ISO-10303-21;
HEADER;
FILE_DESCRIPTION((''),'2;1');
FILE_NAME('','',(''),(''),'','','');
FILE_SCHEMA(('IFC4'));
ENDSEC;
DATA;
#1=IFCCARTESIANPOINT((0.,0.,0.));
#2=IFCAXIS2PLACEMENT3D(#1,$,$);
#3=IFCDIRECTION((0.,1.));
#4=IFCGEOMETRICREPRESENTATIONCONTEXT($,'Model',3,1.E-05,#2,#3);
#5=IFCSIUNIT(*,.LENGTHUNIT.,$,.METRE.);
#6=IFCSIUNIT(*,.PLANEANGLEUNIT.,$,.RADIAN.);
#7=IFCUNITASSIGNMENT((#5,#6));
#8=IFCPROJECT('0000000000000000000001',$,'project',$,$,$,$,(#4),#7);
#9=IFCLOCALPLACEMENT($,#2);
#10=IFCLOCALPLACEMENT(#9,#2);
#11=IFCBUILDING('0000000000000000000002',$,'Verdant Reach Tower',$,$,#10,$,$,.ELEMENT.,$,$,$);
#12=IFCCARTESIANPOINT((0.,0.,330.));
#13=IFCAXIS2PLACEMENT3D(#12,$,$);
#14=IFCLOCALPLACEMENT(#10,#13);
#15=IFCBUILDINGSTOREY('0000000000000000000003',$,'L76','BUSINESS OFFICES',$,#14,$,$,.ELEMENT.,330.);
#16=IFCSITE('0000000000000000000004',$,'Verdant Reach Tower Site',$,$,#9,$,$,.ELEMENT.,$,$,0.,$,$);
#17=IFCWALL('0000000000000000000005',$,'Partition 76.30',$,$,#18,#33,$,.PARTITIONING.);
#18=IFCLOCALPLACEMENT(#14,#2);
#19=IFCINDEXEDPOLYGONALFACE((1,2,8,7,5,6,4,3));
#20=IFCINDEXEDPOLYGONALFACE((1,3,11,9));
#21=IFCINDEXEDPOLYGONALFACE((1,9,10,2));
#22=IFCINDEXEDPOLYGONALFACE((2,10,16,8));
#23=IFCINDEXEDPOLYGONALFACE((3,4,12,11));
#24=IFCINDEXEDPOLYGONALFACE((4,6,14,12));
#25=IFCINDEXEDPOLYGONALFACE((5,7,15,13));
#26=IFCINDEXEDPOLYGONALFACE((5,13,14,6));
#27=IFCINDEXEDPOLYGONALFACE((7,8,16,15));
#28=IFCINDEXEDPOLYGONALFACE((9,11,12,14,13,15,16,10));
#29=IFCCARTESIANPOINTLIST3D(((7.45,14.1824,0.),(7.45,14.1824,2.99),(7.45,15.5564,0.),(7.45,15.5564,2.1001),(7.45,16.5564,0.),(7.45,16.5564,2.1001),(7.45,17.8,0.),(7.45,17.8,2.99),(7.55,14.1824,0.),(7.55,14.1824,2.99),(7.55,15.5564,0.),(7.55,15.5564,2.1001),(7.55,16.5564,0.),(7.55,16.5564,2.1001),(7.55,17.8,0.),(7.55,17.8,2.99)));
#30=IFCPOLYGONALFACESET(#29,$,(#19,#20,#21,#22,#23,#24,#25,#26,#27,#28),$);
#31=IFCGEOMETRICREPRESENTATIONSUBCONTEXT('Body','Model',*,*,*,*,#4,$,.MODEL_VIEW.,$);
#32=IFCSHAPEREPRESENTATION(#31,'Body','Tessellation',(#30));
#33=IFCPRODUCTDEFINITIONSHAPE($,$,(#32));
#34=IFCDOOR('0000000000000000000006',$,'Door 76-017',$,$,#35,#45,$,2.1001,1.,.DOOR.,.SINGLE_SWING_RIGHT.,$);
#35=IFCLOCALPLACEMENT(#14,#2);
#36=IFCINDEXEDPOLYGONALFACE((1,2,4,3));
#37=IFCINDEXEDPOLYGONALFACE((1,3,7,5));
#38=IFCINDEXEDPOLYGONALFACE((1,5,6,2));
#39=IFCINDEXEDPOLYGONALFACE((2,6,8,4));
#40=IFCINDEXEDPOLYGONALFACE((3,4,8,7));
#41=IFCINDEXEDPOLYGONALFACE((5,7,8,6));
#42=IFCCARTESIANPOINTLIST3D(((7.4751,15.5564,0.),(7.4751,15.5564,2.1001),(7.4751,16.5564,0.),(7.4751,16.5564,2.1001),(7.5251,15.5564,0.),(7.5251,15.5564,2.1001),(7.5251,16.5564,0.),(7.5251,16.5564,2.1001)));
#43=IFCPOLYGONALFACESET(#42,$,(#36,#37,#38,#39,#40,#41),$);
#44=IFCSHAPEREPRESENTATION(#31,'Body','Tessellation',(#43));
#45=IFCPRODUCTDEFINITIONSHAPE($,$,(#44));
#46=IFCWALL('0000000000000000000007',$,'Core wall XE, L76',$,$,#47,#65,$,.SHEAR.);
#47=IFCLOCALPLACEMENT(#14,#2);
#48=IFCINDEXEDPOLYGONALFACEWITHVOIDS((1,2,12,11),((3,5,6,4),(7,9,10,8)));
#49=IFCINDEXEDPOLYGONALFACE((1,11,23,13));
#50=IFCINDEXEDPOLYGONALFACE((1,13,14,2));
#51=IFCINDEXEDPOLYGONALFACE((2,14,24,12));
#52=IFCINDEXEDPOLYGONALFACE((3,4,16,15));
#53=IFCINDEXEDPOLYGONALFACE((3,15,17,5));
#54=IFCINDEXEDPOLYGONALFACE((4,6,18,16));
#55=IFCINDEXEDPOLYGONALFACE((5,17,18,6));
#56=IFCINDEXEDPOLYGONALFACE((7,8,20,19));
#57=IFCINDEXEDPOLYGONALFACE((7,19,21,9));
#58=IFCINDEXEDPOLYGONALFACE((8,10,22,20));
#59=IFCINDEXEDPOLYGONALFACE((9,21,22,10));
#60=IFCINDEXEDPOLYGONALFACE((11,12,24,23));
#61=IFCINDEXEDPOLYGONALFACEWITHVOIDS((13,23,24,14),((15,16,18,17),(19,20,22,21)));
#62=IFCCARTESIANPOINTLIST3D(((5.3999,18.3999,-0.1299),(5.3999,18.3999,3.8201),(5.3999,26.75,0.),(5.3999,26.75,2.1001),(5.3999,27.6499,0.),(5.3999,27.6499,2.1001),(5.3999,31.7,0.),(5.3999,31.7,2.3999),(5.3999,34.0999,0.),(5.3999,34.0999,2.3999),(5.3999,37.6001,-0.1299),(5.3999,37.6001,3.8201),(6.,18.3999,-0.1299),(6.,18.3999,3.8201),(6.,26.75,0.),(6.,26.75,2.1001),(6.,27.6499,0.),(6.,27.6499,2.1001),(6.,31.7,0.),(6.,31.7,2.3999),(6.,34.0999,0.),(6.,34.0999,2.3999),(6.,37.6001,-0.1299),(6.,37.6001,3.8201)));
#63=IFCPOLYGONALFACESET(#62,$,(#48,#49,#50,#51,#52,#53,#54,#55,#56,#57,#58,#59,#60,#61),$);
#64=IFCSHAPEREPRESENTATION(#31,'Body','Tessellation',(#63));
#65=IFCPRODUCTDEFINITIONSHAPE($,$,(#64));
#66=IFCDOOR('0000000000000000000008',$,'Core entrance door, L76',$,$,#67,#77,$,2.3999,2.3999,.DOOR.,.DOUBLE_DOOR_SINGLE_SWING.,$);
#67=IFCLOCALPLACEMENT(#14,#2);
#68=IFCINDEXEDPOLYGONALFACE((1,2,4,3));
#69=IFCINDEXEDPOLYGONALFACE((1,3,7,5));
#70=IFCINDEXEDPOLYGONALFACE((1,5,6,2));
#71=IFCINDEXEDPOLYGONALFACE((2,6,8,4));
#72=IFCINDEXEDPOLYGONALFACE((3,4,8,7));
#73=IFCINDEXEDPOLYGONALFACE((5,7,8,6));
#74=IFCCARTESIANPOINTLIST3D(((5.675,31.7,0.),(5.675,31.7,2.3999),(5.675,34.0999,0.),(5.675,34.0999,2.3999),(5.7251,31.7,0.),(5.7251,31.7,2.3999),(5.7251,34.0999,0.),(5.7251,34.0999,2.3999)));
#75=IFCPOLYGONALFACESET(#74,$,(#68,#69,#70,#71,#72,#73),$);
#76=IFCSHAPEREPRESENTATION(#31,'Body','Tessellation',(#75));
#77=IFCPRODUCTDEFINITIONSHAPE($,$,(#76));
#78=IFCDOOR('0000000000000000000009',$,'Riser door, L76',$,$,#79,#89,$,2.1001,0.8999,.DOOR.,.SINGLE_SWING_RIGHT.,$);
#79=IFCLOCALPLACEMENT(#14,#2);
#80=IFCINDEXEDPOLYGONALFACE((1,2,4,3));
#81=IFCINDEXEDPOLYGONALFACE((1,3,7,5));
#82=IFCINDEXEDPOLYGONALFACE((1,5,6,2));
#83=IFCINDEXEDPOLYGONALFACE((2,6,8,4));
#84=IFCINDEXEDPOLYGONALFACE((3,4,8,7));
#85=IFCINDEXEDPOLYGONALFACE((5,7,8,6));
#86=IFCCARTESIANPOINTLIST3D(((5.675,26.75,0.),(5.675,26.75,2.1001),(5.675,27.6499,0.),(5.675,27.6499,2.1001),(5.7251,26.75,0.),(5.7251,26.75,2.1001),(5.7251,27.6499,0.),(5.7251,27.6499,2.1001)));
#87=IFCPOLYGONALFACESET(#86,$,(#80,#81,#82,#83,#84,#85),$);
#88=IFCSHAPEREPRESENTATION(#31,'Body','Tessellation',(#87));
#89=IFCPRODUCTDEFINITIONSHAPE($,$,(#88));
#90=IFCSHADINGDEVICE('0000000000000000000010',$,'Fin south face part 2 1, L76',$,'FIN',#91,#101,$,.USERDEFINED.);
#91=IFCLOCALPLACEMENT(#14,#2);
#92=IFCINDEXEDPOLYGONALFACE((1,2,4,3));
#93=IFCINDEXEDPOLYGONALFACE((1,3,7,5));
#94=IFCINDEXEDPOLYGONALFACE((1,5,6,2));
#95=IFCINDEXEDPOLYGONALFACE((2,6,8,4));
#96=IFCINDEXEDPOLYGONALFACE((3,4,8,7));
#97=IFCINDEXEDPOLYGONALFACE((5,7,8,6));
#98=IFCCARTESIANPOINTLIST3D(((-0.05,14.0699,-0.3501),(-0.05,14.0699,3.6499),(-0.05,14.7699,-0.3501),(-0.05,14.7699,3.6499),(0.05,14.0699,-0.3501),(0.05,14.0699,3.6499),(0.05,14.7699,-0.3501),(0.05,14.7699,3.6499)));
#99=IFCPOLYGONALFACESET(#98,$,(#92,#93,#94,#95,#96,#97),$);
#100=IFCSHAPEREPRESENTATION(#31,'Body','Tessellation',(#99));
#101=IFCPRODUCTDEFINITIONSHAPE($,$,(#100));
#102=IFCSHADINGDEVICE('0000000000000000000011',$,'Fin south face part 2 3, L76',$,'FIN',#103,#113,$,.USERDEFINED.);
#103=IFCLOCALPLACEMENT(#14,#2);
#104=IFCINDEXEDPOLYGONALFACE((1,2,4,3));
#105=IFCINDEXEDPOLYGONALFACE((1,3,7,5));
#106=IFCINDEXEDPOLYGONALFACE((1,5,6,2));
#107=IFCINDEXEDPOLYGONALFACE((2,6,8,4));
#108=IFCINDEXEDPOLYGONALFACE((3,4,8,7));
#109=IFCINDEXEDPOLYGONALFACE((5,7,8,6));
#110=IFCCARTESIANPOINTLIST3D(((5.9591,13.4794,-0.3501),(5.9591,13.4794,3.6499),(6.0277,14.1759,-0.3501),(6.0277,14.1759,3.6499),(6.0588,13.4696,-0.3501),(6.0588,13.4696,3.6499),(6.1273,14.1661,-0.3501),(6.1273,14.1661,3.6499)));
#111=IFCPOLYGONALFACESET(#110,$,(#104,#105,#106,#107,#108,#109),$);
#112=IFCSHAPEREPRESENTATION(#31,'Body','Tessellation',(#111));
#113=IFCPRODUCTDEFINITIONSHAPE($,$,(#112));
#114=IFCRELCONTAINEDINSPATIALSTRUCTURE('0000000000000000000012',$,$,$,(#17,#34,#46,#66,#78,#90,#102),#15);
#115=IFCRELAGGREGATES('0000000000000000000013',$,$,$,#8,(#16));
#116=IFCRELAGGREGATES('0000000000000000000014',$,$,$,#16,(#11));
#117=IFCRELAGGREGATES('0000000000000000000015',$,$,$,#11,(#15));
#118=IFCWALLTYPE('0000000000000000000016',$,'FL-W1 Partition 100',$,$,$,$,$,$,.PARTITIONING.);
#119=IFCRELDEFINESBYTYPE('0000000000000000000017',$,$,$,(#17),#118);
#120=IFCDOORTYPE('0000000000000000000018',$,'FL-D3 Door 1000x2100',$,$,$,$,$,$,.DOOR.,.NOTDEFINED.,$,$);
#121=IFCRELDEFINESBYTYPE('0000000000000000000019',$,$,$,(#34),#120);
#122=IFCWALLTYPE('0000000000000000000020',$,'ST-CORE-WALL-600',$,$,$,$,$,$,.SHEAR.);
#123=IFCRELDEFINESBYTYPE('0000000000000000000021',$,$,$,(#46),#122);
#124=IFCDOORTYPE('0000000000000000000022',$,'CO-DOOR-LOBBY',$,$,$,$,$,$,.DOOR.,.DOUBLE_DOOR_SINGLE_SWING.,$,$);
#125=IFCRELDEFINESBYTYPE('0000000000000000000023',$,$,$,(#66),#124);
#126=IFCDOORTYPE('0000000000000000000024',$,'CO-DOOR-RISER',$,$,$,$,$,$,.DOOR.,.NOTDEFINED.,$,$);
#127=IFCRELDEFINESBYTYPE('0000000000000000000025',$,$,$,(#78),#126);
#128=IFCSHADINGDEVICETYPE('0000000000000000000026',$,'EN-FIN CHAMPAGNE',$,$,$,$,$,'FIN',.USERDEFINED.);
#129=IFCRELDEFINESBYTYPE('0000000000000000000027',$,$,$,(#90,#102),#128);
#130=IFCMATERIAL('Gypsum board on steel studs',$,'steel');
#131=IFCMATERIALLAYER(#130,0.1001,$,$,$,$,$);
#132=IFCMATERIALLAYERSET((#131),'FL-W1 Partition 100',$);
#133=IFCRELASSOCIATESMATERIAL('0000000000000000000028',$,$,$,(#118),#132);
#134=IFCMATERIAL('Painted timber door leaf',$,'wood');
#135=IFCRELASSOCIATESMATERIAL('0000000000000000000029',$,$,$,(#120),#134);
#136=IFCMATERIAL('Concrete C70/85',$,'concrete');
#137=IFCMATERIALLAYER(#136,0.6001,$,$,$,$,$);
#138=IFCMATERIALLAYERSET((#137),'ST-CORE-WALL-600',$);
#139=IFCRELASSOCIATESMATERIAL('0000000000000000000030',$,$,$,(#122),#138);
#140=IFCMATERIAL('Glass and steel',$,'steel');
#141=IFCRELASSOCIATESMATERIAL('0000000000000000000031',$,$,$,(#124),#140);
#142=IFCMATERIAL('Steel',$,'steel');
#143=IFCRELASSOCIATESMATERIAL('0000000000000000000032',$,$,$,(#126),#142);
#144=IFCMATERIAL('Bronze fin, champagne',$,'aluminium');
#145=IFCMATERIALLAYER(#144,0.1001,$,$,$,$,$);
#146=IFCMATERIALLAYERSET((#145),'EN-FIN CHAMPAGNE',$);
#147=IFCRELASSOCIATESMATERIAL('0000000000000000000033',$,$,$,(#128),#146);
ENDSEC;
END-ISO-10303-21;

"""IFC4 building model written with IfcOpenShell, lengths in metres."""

from ifc_helpers import new_model, si_unit, direction, frame, frame_2d, origin, origin_2d, place, context, subcontext, project, spatial, rectangle, extrude, material, layer, layer_set, type_object, element, fill, save


model = new_model("IFC4")

# Units and contexts
model_context = context("Model", 3, precision=1e-05, world=origin(), true_north=direction((0.0, 1.0)))
body_context = subcontext(model_context, "Body", "Model", "MODEL_VIEW")
ifc_project = project(units=[si_unit("LENGTHUNIT", "METRE"), si_unit("PLANEANGLEUNIT", "RADIAN")], contexts=[model_context])

# Site, building, storey
site_placement = place(None, origin())
site = spatial("IfcSite", under=ifc_project, at=site_placement, Name="Verdant Reach Tower Site", CompositionType="ELEMENT", RefElevation=0.0)
building_placement = place(site_placement, origin())
building = spatial("IfcBuilding", under=site, at=building_placement, Name="Verdant Reach Tower", CompositionType="ELEMENT")
storey_placement = place(building_placement, frame((0.0, 0.0, 330.0)))
storey = spatial("IfcBuildingStorey", under=building, at=storey_placement, Name="L76", Description="BUSINESS OFFICES", CompositionType="ELEMENT", Elevation=330.0)

# Shared definitions
ifc_material_1 = material(Name="Gypsum board on steel studs", Category="steel")
ifc_layer_1 = layer(ifc_material_1, 0.1001)
ifc_layer_set_1 = layer_set([ifc_layer_1], Name="FL-W1 Partition 100")
wall_type_1 = type_object("IfcWallType", Name="FL-W1 Partition 100", PredefinedType="PARTITIONING", material=ifc_layer_set_1)

# Wall, opening, door
wall_1_placement = place(storey_placement, frame((7.5, 14.1824, 0.0), z_axis=(0.0, 0.0, 1.0), x_axis=(0.0, 1.0, 0.0)))
wall_1 = element("IfcWall", 1, at=wall_1_placement, inside=storey, type_object=wall_type_1, Name="Partition 76.30", PredefinedType="PARTITIONING", context=body_context, shape_type="SweptSolid", body=[
    extrude(rectangle(XDim=3.6177, YDim=0.1001, at=frame_2d((1.8088, 0.0))), origin(), (0.0, 0.0, 1.0), 2.99),
])
opening_1_placement = place(wall_1_placement, frame((1.374, 0.0, 0.0)))
opening_1 = element("IfcOpeningElement", 2, at=opening_1_placement, cuts=wall_1, PredefinedType="OPENING", context=body_context, shape_type="SweptSolid", body=[
    extrude(rectangle(XDim=1.0, YDim=2.1001, at=frame_2d((0.5, 1.05))), frame((0.0, 0.0601, 0.0), z_axis=(0.0, -1.0, 0.0), x_axis=(1.0, 0.0, 0.0)), (0.0, 0.0, 1.0), 0.1201),
])
ifc_material_2 = material(Name="Painted timber door leaf", Category="wood")
door_type_1 = type_object("IfcDoorType", Name="FL-D3 Door 1000x2100", OperationType="NOTDEFINED", PredefinedType="DOOR", material=ifc_material_2)
door_1_placement = place(opening_1_placement, origin())
door_1 = element("IfcDoor", 3, at=door_1_placement, inside=storey, type_object=door_type_1, Name="Door 76-017", OperationType="SINGLE_SWING_RIGHT", OverallHeight=2.1001, OverallWidth=1.0, PredefinedType="DOOR", context=body_context, shape_type="SweptSolid", body=[
    extrude(rectangle(XDim=1.0, YDim=2.1001, at=frame_2d((0.5, 1.05))), frame((0.0, 0.0249, 0.0), z_axis=(0.0, -1.0, 0.0), x_axis=(1.0, 0.0, 0.0)), (0.0, 0.0, 1.0), 0.05),
])
fill(opening_1, door_1)

# Wall, openings, doors
ifc_material_3 = material(Name="Concrete C70/85", Category="concrete")
ifc_layer_2 = layer(ifc_material_3, 0.6001)
ifc_layer_set_2 = layer_set([ifc_layer_2], Name="ST-CORE-WALL-600")
wall_type_2 = type_object("IfcWallType", Name="ST-CORE-WALL-600", PredefinedType="SHEAR", material=ifc_layer_set_2)
wall_2_placement = place(storey_placement, frame((5.7, 18.3999, -0.1299), z_axis=(0.0, 0.0, 1.0), x_axis=(0.0, 1.0, 0.0)))
wall_2 = element("IfcWall", 4, at=wall_2_placement, inside=storey, type_object=wall_type_2, Name="Core wall XE, L76", PredefinedType="SHEAR", context=body_context, shape_type="SweptSolid", body=[
    extrude(rectangle(XDim=19.2002, YDim=0.6001, at=frame_2d((9.6001, 0.0))), origin(), (0.0, 0.0, 1.0), 3.95),
])
opening_2_placement = place(wall_2_placement, frame((8.3501, 0.0, 0.1299)))
opening_2 = element("IfcOpeningElement", 5, at=opening_2_placement, cuts=wall_2, PredefinedType="OPENING", context=body_context, shape_type="SweptSolid", body=[
    extrude(rectangle(XDim=0.8999, YDim=2.1001, at=frame_2d((0.45, 1.05))), frame((0.0, 0.3101, 0.0), z_axis=(0.0, -1.0, 0.0), x_axis=(1.0, 0.0, 0.0)), (0.0, 0.0, 1.0), 0.6201),
])
opening_3_placement = place(wall_2_placement, frame((13.3, 0.0, 0.1299)))
opening_3 = element("IfcOpeningElement", 6, at=opening_3_placement, cuts=wall_2, PredefinedType="OPENING", context=body_context, shape_type="SweptSolid", body=[
    extrude(rectangle(XDim=2.3999, YDim=2.3999, at=frame_2d((1.2, 1.2))), frame((0.0, 0.3101, 0.0), z_axis=(0.0, -1.0, 0.0), x_axis=(1.0, 0.0, 0.0)), (0.0, 0.0, 1.0), 0.6201),
])
ifc_material_4 = material(Name="Glass and steel", Category="steel")
door_type_2 = type_object("IfcDoorType", Name="CO-DOOR-LOBBY", OperationType="DOUBLE_DOOR_SINGLE_SWING", PredefinedType="DOOR", material=ifc_material_4)
door_2_placement = place(opening_3_placement, origin())
door_2 = element("IfcDoor", 7, at=door_2_placement, inside=storey, type_object=door_type_2, Name="Core entrance door, L76", OperationType="DOUBLE_DOOR_SINGLE_SWING", OverallHeight=2.3999, OverallWidth=2.3999, PredefinedType="DOOR", context=body_context, shape_type="SweptSolid", body=[
    extrude(rectangle(XDim=2.3999, YDim=2.3999, at=frame_2d((1.2, 1.2))), frame((0.0, 0.0249, 0.0), z_axis=(0.0, -1.0, 0.0), x_axis=(1.0, 0.0, 0.0)), (0.0, 0.0, 1.0), 0.05),
])
fill(opening_3, door_2)
ifc_material_5 = material(Name="Steel", Category="steel")
door_type_3 = type_object("IfcDoorType", Name="CO-DOOR-RISER", OperationType="NOTDEFINED", PredefinedType="DOOR", material=ifc_material_5)
door_3_placement = place(opening_2_placement, origin())
door_3 = element("IfcDoor", 8, at=door_3_placement, inside=storey, type_object=door_type_3, Name="Riser door, L76", OperationType="SINGLE_SWING_RIGHT", OverallHeight=2.1001, OverallWidth=0.8999, PredefinedType="DOOR", context=body_context, shape_type="SweptSolid", body=[
    extrude(rectangle(XDim=0.8999, YDim=2.1001, at=frame_2d((0.45, 1.05))), frame((0.0, 0.0249, 0.0), z_axis=(0.0, -1.0, 0.0), x_axis=(1.0, 0.0, 0.0)), (0.0, 0.0, 1.0), 0.05),
])
fill(opening_2, door_3)

# Shading devices
ifc_material_6 = material(Name="Bronze fin, champagne", Category="aluminium")
ifc_layer_3 = layer(ifc_material_6, 0.1001)
ifc_layer_set_3 = layer_set([ifc_layer_3], Name="EN-FIN CHAMPAGNE")
shading_device_type = type_object("IfcShadingDeviceType", Name="EN-FIN CHAMPAGNE", ElementType="FIN", PredefinedType="USERDEFINED", material=ifc_layer_set_3)
for number, where, z_axis, x_axis, name in (
    (9, (0.0, 14.4199, -0.3501), (0.0, 0.0, 1.0), (1.0, 0.0, 0.0), "Fin south face part 2 1, L76"),
    (10, (6.0432, 13.8228, -0.3501), (0.0, 0.0, 1.0), (0.995197, -0.097888, 0.0), "Fin south face part 2 3, L76"),
):
    element("IfcShadingDevice", number, at=place(storey_placement, frame(where, z_axis=z_axis, x_axis=x_axis)), inside=storey, type_object=shading_device_type, Name=name, ObjectType="FIN", PredefinedType="USERDEFINED", context=body_context, shape_type="SweptSolid", body=[
        extrude(rectangle(XDim=0.1001, YDim=0.7, at=origin_2d()), origin(), (0.0, 0.0, 1.0), 4.0),
    ])

save(model, "model.ifc")
